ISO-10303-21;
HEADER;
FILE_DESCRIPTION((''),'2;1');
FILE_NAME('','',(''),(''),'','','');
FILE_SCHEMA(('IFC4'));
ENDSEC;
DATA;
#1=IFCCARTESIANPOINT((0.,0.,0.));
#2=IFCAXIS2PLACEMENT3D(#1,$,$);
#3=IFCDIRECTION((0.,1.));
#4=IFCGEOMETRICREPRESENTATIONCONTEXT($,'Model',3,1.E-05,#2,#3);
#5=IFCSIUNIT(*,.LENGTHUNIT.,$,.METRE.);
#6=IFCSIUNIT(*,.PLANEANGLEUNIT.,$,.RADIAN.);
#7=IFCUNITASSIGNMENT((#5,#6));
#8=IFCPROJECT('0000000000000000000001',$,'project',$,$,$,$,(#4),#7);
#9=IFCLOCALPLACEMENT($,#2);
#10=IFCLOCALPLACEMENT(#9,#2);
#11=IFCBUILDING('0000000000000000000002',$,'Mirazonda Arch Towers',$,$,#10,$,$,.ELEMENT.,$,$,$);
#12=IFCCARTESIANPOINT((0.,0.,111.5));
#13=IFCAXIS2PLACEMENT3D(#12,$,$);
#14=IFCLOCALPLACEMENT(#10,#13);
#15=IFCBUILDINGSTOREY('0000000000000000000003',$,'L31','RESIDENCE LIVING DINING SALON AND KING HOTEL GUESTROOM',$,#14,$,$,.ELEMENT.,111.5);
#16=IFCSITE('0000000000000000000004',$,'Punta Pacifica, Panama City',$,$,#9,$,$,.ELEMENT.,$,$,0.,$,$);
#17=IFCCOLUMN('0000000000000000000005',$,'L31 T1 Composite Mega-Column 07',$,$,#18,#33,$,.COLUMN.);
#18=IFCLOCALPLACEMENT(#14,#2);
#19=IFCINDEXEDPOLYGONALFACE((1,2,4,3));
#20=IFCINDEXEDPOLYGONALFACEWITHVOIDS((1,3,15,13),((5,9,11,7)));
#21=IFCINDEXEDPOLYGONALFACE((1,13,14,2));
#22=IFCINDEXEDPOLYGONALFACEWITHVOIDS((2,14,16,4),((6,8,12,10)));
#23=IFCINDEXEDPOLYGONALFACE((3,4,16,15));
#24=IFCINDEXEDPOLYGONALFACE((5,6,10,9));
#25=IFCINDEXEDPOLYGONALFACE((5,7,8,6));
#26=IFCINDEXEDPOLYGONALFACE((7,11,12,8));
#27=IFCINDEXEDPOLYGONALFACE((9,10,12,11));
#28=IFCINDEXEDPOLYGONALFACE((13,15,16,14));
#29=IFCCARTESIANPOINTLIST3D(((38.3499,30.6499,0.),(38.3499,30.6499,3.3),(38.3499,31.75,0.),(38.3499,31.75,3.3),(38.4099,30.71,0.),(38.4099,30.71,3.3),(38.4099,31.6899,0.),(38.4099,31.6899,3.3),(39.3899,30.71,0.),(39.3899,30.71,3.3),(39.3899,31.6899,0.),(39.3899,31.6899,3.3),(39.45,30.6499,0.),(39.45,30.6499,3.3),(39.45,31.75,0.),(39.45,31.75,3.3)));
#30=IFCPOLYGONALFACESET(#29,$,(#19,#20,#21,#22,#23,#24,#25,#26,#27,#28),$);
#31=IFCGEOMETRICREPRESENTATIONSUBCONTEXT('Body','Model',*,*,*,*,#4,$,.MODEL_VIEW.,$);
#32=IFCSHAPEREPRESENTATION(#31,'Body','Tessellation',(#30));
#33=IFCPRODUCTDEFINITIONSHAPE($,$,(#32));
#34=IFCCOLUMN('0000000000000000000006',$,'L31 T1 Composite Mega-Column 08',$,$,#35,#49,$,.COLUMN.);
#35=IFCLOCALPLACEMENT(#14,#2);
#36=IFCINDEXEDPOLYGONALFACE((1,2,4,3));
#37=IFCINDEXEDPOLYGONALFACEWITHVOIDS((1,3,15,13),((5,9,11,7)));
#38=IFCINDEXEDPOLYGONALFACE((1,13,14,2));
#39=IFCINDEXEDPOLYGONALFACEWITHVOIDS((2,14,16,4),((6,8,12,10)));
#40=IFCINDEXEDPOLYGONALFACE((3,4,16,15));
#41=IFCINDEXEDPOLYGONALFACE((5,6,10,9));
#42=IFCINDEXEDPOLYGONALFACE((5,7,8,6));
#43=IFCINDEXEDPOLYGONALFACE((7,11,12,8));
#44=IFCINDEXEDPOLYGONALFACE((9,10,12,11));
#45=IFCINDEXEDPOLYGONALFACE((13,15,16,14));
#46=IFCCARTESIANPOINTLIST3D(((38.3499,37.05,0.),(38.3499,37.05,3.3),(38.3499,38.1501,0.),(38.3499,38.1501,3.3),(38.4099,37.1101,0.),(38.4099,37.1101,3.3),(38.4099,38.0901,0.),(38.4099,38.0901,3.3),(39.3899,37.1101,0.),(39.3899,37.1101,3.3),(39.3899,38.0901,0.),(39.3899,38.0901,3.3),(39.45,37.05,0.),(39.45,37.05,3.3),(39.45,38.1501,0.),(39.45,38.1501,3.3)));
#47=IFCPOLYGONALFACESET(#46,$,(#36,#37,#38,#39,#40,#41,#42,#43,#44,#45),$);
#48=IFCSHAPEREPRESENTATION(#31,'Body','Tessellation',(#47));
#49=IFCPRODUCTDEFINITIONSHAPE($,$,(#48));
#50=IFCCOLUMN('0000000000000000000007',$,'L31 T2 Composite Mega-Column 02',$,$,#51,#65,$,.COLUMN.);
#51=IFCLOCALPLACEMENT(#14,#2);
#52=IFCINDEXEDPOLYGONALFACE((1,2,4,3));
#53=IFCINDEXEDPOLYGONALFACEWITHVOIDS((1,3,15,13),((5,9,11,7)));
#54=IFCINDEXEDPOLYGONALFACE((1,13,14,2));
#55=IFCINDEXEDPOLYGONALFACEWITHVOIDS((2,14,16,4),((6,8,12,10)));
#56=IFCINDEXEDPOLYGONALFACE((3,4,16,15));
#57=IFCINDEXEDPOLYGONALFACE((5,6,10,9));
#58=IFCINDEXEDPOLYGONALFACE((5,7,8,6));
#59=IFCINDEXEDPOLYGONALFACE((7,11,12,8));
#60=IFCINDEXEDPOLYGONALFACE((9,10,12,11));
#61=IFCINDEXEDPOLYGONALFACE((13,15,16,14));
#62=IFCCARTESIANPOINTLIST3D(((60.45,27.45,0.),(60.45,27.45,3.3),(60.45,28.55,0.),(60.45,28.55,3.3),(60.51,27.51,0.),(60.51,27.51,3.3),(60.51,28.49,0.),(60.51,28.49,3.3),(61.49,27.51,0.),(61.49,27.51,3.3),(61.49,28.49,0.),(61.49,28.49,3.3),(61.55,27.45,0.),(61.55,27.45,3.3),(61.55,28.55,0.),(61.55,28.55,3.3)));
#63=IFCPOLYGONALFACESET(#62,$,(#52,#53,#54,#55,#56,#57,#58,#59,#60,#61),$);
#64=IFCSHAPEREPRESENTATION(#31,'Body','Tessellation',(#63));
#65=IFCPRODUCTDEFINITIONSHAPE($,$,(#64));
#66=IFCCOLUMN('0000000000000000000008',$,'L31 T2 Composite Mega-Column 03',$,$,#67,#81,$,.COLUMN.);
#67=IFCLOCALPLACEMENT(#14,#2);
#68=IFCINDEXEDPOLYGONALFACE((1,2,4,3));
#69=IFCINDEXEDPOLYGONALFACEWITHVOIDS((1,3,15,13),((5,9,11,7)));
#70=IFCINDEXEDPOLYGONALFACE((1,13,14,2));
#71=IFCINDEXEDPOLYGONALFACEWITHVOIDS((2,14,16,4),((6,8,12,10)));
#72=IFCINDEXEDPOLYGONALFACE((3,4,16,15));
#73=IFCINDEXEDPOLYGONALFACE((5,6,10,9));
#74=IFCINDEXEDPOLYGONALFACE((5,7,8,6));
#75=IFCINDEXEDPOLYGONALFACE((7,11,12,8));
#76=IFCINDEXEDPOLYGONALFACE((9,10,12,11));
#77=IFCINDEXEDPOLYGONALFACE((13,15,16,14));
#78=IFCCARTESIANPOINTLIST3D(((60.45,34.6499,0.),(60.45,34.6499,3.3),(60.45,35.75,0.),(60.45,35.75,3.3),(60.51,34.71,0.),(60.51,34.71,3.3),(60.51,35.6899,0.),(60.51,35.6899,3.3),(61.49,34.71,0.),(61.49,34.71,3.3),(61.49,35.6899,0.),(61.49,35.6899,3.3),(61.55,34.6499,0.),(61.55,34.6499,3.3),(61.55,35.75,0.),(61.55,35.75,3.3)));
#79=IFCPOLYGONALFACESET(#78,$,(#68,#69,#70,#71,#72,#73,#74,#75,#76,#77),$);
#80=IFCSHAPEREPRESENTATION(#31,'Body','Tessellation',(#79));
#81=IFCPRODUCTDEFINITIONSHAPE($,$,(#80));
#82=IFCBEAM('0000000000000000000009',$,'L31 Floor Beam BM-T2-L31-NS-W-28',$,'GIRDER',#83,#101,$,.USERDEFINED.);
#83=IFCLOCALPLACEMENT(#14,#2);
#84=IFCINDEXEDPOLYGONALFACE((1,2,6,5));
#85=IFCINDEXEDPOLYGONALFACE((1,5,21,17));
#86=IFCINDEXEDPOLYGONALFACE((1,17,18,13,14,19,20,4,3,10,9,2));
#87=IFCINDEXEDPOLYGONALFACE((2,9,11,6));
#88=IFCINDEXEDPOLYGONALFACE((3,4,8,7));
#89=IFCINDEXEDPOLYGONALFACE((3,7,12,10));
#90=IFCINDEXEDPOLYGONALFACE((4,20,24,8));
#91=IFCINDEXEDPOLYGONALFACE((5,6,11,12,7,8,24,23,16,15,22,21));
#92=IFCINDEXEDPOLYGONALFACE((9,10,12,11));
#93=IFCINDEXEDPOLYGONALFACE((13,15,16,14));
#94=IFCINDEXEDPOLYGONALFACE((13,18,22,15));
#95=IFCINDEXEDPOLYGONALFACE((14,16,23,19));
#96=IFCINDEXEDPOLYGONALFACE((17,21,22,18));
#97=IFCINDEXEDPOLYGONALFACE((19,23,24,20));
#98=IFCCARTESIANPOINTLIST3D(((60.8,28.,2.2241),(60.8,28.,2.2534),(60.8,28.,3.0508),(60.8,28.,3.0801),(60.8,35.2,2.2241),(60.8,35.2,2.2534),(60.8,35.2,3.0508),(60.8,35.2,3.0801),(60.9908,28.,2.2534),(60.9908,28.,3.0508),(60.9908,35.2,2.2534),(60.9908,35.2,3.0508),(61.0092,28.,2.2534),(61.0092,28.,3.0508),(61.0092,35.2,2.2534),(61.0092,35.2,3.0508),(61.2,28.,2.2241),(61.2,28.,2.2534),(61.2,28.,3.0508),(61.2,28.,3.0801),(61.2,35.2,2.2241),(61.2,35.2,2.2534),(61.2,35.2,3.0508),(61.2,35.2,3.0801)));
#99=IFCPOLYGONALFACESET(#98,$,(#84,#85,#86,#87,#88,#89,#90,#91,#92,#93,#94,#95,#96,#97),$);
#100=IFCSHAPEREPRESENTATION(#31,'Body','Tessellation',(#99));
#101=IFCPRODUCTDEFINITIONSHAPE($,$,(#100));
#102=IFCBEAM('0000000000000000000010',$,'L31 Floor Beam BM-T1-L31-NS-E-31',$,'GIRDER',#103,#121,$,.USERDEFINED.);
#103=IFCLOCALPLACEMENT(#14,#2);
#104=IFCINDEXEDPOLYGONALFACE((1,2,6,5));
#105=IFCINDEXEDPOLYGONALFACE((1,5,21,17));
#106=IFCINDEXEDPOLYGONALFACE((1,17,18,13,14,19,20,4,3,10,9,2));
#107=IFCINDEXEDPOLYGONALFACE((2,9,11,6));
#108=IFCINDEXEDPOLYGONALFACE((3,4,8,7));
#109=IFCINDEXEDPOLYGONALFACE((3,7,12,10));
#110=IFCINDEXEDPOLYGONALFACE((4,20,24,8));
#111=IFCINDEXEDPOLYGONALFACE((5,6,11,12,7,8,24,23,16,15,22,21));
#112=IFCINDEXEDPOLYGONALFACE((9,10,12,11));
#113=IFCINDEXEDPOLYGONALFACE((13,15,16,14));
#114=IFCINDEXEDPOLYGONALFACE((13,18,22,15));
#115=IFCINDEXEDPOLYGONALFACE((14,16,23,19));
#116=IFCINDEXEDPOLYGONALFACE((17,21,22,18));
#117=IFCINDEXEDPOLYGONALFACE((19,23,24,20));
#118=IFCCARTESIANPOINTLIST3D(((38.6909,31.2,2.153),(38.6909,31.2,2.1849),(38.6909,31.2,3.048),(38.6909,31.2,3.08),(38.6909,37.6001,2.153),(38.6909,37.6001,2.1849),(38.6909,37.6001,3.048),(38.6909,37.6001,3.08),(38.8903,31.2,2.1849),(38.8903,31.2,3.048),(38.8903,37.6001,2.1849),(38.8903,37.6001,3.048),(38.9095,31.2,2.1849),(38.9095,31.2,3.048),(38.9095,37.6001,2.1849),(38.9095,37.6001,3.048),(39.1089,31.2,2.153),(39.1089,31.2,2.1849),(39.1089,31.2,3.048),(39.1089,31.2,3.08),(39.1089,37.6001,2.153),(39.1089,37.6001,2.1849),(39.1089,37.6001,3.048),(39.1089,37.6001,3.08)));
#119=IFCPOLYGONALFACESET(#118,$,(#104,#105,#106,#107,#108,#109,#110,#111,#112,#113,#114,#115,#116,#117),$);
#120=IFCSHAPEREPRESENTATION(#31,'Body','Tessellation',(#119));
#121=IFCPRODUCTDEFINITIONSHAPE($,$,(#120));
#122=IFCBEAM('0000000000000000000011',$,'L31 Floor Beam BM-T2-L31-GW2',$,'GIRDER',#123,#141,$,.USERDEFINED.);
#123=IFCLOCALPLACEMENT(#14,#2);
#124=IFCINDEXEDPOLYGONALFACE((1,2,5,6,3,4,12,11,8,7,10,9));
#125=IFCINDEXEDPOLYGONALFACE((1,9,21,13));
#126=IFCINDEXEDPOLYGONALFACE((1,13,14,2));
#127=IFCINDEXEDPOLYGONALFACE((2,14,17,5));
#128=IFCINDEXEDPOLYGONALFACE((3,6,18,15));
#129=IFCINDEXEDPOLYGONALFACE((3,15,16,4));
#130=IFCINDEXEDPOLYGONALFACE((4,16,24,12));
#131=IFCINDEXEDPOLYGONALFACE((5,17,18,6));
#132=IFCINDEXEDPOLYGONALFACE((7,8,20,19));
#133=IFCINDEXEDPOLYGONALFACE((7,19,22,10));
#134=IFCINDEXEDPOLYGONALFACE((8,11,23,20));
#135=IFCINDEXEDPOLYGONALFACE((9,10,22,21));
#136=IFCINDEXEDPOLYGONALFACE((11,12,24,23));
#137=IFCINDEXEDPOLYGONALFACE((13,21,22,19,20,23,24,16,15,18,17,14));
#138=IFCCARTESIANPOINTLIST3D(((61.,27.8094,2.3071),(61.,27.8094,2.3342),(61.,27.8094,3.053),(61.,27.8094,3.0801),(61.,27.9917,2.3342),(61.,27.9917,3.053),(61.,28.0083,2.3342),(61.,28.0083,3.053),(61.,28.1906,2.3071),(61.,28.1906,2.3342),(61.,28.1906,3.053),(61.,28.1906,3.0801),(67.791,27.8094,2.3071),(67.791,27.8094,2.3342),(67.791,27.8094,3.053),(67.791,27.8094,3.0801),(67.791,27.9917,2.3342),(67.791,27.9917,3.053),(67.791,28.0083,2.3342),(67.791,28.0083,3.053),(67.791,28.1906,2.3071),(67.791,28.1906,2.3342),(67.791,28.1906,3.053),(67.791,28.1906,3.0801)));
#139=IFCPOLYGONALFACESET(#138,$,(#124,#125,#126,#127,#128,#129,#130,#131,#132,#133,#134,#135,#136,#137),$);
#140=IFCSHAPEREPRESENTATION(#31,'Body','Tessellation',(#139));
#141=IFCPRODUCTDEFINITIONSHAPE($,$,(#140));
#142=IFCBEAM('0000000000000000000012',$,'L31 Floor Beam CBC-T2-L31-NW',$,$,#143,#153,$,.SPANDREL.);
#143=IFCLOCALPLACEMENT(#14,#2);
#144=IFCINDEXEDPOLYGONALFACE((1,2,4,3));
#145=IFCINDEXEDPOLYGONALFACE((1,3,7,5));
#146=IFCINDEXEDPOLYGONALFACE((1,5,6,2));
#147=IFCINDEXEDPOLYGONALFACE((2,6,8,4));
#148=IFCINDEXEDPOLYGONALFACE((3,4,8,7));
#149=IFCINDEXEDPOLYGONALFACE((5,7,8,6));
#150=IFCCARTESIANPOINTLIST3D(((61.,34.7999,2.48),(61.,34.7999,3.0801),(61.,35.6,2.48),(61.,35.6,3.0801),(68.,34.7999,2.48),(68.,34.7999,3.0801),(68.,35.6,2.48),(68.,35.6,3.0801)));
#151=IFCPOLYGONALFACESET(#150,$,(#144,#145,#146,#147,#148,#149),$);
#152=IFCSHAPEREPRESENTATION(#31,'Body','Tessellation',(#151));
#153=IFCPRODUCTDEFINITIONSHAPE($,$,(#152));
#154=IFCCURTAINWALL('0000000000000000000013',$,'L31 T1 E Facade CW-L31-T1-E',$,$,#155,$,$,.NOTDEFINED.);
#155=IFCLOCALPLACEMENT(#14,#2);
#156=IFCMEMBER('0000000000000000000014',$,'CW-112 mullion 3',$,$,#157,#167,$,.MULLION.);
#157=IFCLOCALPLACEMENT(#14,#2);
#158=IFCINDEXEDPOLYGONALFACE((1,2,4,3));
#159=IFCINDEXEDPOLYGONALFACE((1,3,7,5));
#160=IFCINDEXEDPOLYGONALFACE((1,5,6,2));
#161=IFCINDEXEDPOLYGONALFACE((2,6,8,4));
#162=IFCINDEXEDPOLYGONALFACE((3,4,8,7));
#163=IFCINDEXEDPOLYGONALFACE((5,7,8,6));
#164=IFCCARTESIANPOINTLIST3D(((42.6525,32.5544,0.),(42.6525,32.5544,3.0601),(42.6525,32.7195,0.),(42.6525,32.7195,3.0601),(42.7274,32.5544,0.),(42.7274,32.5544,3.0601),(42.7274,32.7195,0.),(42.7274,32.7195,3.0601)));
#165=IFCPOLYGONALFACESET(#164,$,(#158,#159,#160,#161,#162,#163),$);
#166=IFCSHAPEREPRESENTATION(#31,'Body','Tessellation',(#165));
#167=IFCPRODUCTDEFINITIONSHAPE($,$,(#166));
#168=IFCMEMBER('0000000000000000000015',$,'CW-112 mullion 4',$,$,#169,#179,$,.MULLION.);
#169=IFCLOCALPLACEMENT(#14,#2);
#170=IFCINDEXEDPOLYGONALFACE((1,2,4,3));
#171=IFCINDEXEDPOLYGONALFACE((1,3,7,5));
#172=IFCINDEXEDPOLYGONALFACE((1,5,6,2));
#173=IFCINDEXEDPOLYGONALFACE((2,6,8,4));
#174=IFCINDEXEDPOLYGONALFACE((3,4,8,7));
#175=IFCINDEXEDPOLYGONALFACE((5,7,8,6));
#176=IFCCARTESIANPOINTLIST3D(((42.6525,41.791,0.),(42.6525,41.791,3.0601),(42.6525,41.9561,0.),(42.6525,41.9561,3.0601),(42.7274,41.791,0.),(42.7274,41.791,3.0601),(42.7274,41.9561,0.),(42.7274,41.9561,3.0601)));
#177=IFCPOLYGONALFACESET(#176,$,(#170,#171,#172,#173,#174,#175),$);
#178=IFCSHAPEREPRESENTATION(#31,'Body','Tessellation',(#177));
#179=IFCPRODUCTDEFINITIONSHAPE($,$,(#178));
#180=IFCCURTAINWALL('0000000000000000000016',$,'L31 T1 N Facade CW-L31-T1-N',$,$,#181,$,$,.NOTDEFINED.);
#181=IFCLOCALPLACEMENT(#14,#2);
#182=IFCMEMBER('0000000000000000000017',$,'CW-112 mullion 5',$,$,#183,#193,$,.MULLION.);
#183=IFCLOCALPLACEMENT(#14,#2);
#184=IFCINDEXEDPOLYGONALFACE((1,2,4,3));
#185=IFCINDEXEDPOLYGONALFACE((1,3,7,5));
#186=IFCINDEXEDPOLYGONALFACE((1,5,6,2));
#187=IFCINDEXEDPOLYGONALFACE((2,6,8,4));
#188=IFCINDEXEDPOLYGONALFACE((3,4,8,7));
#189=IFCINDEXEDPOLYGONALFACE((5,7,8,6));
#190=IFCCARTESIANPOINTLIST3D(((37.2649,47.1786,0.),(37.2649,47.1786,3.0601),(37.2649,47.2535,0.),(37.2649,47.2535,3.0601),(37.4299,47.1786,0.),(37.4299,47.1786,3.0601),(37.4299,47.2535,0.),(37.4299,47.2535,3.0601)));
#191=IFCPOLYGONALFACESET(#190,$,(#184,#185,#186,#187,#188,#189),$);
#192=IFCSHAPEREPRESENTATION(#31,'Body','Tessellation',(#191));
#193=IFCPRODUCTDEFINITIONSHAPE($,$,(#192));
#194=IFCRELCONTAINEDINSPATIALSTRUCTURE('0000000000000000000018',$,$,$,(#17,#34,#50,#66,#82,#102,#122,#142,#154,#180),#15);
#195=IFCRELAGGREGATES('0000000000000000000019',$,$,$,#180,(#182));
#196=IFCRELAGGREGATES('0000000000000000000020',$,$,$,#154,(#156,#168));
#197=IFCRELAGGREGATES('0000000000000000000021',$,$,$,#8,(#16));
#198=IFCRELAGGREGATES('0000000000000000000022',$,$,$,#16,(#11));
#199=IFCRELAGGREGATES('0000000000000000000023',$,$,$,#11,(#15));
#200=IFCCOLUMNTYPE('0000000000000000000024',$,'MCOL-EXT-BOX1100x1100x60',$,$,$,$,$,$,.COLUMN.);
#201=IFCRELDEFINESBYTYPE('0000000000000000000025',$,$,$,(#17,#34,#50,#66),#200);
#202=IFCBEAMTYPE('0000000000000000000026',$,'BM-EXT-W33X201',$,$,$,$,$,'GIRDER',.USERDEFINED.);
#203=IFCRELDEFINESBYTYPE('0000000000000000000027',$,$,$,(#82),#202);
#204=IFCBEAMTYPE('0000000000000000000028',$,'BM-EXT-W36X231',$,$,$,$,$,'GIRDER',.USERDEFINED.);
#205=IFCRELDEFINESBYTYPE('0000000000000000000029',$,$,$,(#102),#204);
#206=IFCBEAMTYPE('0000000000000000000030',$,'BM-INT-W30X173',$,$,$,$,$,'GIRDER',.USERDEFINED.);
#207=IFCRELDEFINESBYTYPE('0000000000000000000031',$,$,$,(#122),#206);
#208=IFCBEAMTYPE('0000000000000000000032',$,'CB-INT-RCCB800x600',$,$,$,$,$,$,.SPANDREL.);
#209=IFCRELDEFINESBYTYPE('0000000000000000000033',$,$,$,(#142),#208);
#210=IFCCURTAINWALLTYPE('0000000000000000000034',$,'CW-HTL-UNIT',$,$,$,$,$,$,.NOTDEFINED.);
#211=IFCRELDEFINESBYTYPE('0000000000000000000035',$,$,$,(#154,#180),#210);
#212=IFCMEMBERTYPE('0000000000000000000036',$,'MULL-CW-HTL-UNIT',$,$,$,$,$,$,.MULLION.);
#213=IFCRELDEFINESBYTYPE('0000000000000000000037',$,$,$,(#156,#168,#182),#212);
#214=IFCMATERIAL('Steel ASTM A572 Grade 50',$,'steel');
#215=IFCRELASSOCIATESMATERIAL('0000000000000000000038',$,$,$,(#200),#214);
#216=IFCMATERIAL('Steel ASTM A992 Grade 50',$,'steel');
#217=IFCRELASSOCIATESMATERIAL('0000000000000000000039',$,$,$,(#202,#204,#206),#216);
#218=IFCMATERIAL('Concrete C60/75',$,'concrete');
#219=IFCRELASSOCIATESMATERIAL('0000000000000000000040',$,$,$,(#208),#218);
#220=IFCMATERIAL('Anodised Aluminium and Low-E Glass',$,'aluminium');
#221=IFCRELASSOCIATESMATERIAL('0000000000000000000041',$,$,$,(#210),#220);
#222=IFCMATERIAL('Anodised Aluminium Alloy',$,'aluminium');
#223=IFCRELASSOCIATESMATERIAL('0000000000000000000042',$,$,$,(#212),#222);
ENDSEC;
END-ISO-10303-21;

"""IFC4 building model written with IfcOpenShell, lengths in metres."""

from ifc_helpers import new_model, si_unit, direction, frame, origin, origin_2d, place, context, subcontext, project, spatial, rectangle, hollow_rectangle, i_section, extrude, material, material_profile, profile_set, type_object, element, aggregate, save


model = new_model("IFC4")

# Units and contexts
model_context = context("Model", 3, precision=1e-05, world=origin(), true_north=direction((0.0, 1.0)))
body_context = subcontext(model_context, "Body", "Model", "MODEL_VIEW")
ifc_project = project(units=[si_unit("LENGTHUNIT", "METRE"), si_unit("PLANEANGLEUNIT", "RADIAN")], contexts=[model_context])

# Site, building, storey
site_placement = place(None, origin())
site = spatial("IfcSite", under=ifc_project, at=site_placement, Name="Punta Pacifica, Panama City", CompositionType="ELEMENT", RefElevation=0.0)
building_placement = place(site_placement, origin())
building = spatial("IfcBuilding", under=site, at=building_placement, Name="Mirazonda Arch Towers", CompositionType="ELEMENT")
storey_placement = place(building_placement, frame((0.0, 0.0, 111.5)))
storey = spatial("IfcBuildingStorey", under=building, at=storey_placement, Name="L31", Description="RESIDENCE LIVING DINING SALON AND KING HOTEL GUESTROOM", CompositionType="ELEMENT", Elevation=111.5)

# Columns
ifc_material_1 = material(Name="Steel ASTM A572 Grade 50", Category="steel")
ifc_material_profile_1 = material_profile(ifc_material_1, hollow_rectangle(XDim=1.1001, YDim=1.1001, WallThickness=0.0601, at=origin_2d()), Name="BOX1100x1100x60")
ifc_profile_set_1 = profile_set([ifc_material_profile_1], Name="Steel ASTM A572 Grade 50")
column_type = type_object("IfcColumnType", Name="MCOL-EXT-BOX1100x1100x60", PredefinedType="COLUMN", material=ifc_profile_set_1)
for number, where, z_axis, x_axis, name in (
    (1, (38.8999, 31.2, 0.0), (0.0, 0.0, 1.0), (1.0, 0.0, 0.0), "L31 T1 Composite Mega-Column 07"),
    (2, (38.8999, 37.6001, 0.0), (0.0, 0.0, 1.0), (1.0, 0.0, 0.0), "L31 T1 Composite Mega-Column 08"),
    (3, (61.0, 28.0, 0.0), (0.0, 0.0, 1.0), (1.0, 0.0, 0.0), "L31 T2 Composite Mega-Column 02"),
    (4, (61.0, 35.2, 0.0), (0.0, 0.0, 1.0), (1.0, 0.0, 0.0), "L31 T2 Composite Mega-Column 03"),
):
    element("IfcColumn", number, at=place(storey_placement, frame(where, z_axis=z_axis, x_axis=x_axis)), inside=storey, type_object=column_type, Name=name, PredefinedType="COLUMN", context=body_context, shape_type="SweptSolid", body=[
        extrude(hollow_rectangle(XDim=1.1001, YDim=1.1001, WallThickness=0.0601, at=origin_2d()), origin(), (0.0, 0.0, 1.0), 3.3),
    ])

# Beams
ifc_material_2 = material(Name="Steel ASTM A992 Grade 50", Category="steel")
ifc_material_profile_2 = material_profile(ifc_material_2, i_section(OverallWidth=0.3999, OverallDepth=0.856, WebThickness=0.0183, FlangeThickness=0.0293, at=origin_2d()), Name="W33X201")
ifc_profile_set_2 = profile_set([ifc_material_profile_2], Name="Steel ASTM A992 Grade 50")
beam_type_1 = type_object("IfcBeamType", Name="BM-EXT-W33X201", ElementType="GIRDER", PredefinedType="USERDEFINED", material=ifc_profile_set_2)
beam_1_placement = place(storey_placement, frame((61.0, 28.0, 2.6521), z_axis=(0.0, 1.0, 0.0), x_axis=(-1.0, 0.0, 0.0)))
element("IfcBeam", 5, at=beam_1_placement, inside=storey, type_object=beam_type_1, Name="L31 Floor Beam BM-T2-L31-NS-W-28", ObjectType="GIRDER", PredefinedType="USERDEFINED", context=body_context, shape_type="SweptSolid", body=[
    extrude(i_section(OverallWidth=0.3999, OverallDepth=0.856, WebThickness=0.0183, FlangeThickness=0.0293, at=origin_2d()), origin(), (0.0, 0.0, 1.0), 7.2),
])
ifc_material_profile_3 = material_profile(ifc_material_2, i_section(OverallWidth=0.418, OverallDepth=0.927, WebThickness=0.0193, FlangeThickness=0.032, at=origin_2d()), Name="W36X231")
ifc_profile_set_3 = profile_set([ifc_material_profile_3], Name="Steel ASTM A992 Grade 50")
beam_type_2 = type_object("IfcBeamType", Name="BM-EXT-W36X231", ElementType="GIRDER", PredefinedType="USERDEFINED", material=ifc_profile_set_3)
beam_2_placement = place(storey_placement, frame((38.8999, 31.2, 2.6165), z_axis=(0.0, 1.0, 0.0), x_axis=(-1.0, 0.0, 0.0)))
element("IfcBeam", 6, at=beam_2_placement, inside=storey, type_object=beam_type_2, Name="L31 Floor Beam BM-T1-L31-NS-E-31", ObjectType="GIRDER", PredefinedType="USERDEFINED", context=body_context, shape_type="SweptSolid", body=[
    extrude(i_section(OverallWidth=0.418, OverallDepth=0.927, WebThickness=0.0193, FlangeThickness=0.032, at=origin_2d()), origin(), (0.0, 0.0, 1.0), 6.4001),
])
ifc_material_profile_4 = material_profile(ifc_material_2, i_section(OverallWidth=0.3811, OverallDepth=0.7729, WebThickness=0.0166, FlangeThickness=0.0271, at=origin_2d()), Name="W30X173")
ifc_profile_set_4 = profile_set([ifc_material_profile_4], Name="Steel ASTM A992 Grade 50")
beam_type_3 = type_object("IfcBeamType", Name="BM-INT-W30X173", ElementType="GIRDER", PredefinedType="USERDEFINED", material=ifc_profile_set_4)
beam_3_placement = place(storey_placement, frame((61.0, 28.0, 2.6936), z_axis=(1.0, 0.0, 0.0), x_axis=(0.0, 1.0, 0.0)))
element("IfcBeam", 7, at=beam_3_placement, inside=storey, type_object=beam_type_3, Name="L31 Floor Beam BM-T2-L31-GW2", ObjectType="GIRDER", PredefinedType="USERDEFINED", context=body_context, shape_type="SweptSolid", body=[
    extrude(i_section(OverallWidth=0.3811, OverallDepth=0.7729, WebThickness=0.0166, FlangeThickness=0.0271, at=origin_2d()), origin(), (0.0, 0.0, 1.0), 6.791),
])
ifc_material_3 = material(Name="Concrete C60/75", Category="concrete")
ifc_material_profile_5 = material_profile(ifc_material_3, rectangle(XDim=0.8, YDim=0.6001, at=origin_2d()), Name="RCCB800x600")
ifc_profile_set_5 = profile_set([ifc_material_profile_5], Name="Concrete C60/75")
beam_type_4 = type_object("IfcBeamType", Name="CB-INT-RCCB800x600", PredefinedType="SPANDREL", material=ifc_profile_set_5)
beam_4_placement = place(storey_placement, frame((61.0, 35.2, 2.78), z_axis=(1.0, 0.0, 0.0), x_axis=(0.0, 1.0, 0.0)))
element("IfcBeam", 8, at=beam_4_placement, inside=storey, type_object=beam_type_4, Name="L31 Floor Beam CBC-T2-L31-NW", PredefinedType="SPANDREL", context=body_context, shape_type="SweptSolid", body=[
    extrude(rectangle(XDim=0.8, YDim=0.6001, at=origin_2d()), origin(), (0.0, 0.0, 1.0), 7.0),
])

# Curtain wall, members
ifc_material_4 = material(Name="Anodised Aluminium and Low-E Glass", Category="aluminium")
curtain_wall_type = type_object("IfcCurtainWallType", Name="CW-HTL-UNIT", PredefinedType="NOTDEFINED", material=ifc_material_4)
curtain_wall_1_placement = place(storey_placement, origin())
curtain_wall_1 = element("IfcCurtainWall", 9, at=curtain_wall_1_placement, inside=storey, type_object=curtain_wall_type, Name="L31 T1 E Facade CW-L31-T1-E", PredefinedType="NOTDEFINED")
ifc_material_5 = material(Name="Anodised Aluminium Alloy", Category="aluminium")
ifc_material_profile_6 = material_profile(ifc_material_5, rectangle(XDim=0.075, YDim=0.165, at=origin_2d()), Name="ALU-MULL-75x165")
ifc_profile_set_6 = profile_set([ifc_material_profile_6], Name="Anodised Aluminium Alloy")
member_type_1 = type_object("IfcMemberType", Name="MULL-CW-HTL-UNIT", PredefinedType="MULLION", material=ifc_profile_set_6)
member_1_placement = place(storey_placement, frame((42.6899, 32.637, 0.0), z_axis=(0.0, 0.0, 1.0), x_axis=(-1.0, 0.0, 0.0)))
member_1 = element("IfcMember", 10, at=member_1_placement, type_object=member_type_1, Name="CW-112 mullion 3", PredefinedType="MULLION", context=body_context, shape_type="SweptSolid", body=[
    extrude(rectangle(XDim=0.075, YDim=0.165, at=origin_2d()), origin(), (0.0, 0.0, 1.0), 3.0601),
])
member_2_placement = place(storey_placement, frame((42.6899, 41.8735, 0.0), z_axis=(0.0, 0.0, 1.0), x_axis=(-1.0, 0.0, 0.0)))
member_2 = element("IfcMember", 11, at=member_2_placement, type_object=member_type_1, Name="CW-112 mullion 4", PredefinedType="MULLION", context=body_context, shape_type="SweptSolid", body=[
    extrude(rectangle(XDim=0.075, YDim=0.165, at=origin_2d()), origin(), (0.0, 0.0, 1.0), 3.0601),
])

# Curtain wall, member
curtain_wall_2_placement = place(storey_placement, origin())
curtain_wall_2 = element("IfcCurtainWall", 12, at=curtain_wall_2_placement, inside=storey, type_object=curtain_wall_type, Name="L31 T1 N Facade CW-L31-T1-N", PredefinedType="NOTDEFINED")
member_3_placement = place(storey_placement, frame((37.3474, 47.2161, 0.0), z_axis=(0.0, 0.0, 1.0), x_axis=(0.0, 1.0, 0.0)))
member_3 = element("IfcMember", 13, at=member_3_placement, type_object=member_type_1, Name="CW-112 mullion 5", PredefinedType="MULLION", context=body_context, shape_type="SweptSolid", body=[
    extrude(rectangle(XDim=0.075, YDim=0.165, at=origin_2d()), origin(), (0.0, 0.0, 1.0), 3.0601),
])
aggregate(curtain_wall_2, [member_3])

aggregate(curtain_wall_1, [member_1, member_2])

save(model, "model.ifc")
